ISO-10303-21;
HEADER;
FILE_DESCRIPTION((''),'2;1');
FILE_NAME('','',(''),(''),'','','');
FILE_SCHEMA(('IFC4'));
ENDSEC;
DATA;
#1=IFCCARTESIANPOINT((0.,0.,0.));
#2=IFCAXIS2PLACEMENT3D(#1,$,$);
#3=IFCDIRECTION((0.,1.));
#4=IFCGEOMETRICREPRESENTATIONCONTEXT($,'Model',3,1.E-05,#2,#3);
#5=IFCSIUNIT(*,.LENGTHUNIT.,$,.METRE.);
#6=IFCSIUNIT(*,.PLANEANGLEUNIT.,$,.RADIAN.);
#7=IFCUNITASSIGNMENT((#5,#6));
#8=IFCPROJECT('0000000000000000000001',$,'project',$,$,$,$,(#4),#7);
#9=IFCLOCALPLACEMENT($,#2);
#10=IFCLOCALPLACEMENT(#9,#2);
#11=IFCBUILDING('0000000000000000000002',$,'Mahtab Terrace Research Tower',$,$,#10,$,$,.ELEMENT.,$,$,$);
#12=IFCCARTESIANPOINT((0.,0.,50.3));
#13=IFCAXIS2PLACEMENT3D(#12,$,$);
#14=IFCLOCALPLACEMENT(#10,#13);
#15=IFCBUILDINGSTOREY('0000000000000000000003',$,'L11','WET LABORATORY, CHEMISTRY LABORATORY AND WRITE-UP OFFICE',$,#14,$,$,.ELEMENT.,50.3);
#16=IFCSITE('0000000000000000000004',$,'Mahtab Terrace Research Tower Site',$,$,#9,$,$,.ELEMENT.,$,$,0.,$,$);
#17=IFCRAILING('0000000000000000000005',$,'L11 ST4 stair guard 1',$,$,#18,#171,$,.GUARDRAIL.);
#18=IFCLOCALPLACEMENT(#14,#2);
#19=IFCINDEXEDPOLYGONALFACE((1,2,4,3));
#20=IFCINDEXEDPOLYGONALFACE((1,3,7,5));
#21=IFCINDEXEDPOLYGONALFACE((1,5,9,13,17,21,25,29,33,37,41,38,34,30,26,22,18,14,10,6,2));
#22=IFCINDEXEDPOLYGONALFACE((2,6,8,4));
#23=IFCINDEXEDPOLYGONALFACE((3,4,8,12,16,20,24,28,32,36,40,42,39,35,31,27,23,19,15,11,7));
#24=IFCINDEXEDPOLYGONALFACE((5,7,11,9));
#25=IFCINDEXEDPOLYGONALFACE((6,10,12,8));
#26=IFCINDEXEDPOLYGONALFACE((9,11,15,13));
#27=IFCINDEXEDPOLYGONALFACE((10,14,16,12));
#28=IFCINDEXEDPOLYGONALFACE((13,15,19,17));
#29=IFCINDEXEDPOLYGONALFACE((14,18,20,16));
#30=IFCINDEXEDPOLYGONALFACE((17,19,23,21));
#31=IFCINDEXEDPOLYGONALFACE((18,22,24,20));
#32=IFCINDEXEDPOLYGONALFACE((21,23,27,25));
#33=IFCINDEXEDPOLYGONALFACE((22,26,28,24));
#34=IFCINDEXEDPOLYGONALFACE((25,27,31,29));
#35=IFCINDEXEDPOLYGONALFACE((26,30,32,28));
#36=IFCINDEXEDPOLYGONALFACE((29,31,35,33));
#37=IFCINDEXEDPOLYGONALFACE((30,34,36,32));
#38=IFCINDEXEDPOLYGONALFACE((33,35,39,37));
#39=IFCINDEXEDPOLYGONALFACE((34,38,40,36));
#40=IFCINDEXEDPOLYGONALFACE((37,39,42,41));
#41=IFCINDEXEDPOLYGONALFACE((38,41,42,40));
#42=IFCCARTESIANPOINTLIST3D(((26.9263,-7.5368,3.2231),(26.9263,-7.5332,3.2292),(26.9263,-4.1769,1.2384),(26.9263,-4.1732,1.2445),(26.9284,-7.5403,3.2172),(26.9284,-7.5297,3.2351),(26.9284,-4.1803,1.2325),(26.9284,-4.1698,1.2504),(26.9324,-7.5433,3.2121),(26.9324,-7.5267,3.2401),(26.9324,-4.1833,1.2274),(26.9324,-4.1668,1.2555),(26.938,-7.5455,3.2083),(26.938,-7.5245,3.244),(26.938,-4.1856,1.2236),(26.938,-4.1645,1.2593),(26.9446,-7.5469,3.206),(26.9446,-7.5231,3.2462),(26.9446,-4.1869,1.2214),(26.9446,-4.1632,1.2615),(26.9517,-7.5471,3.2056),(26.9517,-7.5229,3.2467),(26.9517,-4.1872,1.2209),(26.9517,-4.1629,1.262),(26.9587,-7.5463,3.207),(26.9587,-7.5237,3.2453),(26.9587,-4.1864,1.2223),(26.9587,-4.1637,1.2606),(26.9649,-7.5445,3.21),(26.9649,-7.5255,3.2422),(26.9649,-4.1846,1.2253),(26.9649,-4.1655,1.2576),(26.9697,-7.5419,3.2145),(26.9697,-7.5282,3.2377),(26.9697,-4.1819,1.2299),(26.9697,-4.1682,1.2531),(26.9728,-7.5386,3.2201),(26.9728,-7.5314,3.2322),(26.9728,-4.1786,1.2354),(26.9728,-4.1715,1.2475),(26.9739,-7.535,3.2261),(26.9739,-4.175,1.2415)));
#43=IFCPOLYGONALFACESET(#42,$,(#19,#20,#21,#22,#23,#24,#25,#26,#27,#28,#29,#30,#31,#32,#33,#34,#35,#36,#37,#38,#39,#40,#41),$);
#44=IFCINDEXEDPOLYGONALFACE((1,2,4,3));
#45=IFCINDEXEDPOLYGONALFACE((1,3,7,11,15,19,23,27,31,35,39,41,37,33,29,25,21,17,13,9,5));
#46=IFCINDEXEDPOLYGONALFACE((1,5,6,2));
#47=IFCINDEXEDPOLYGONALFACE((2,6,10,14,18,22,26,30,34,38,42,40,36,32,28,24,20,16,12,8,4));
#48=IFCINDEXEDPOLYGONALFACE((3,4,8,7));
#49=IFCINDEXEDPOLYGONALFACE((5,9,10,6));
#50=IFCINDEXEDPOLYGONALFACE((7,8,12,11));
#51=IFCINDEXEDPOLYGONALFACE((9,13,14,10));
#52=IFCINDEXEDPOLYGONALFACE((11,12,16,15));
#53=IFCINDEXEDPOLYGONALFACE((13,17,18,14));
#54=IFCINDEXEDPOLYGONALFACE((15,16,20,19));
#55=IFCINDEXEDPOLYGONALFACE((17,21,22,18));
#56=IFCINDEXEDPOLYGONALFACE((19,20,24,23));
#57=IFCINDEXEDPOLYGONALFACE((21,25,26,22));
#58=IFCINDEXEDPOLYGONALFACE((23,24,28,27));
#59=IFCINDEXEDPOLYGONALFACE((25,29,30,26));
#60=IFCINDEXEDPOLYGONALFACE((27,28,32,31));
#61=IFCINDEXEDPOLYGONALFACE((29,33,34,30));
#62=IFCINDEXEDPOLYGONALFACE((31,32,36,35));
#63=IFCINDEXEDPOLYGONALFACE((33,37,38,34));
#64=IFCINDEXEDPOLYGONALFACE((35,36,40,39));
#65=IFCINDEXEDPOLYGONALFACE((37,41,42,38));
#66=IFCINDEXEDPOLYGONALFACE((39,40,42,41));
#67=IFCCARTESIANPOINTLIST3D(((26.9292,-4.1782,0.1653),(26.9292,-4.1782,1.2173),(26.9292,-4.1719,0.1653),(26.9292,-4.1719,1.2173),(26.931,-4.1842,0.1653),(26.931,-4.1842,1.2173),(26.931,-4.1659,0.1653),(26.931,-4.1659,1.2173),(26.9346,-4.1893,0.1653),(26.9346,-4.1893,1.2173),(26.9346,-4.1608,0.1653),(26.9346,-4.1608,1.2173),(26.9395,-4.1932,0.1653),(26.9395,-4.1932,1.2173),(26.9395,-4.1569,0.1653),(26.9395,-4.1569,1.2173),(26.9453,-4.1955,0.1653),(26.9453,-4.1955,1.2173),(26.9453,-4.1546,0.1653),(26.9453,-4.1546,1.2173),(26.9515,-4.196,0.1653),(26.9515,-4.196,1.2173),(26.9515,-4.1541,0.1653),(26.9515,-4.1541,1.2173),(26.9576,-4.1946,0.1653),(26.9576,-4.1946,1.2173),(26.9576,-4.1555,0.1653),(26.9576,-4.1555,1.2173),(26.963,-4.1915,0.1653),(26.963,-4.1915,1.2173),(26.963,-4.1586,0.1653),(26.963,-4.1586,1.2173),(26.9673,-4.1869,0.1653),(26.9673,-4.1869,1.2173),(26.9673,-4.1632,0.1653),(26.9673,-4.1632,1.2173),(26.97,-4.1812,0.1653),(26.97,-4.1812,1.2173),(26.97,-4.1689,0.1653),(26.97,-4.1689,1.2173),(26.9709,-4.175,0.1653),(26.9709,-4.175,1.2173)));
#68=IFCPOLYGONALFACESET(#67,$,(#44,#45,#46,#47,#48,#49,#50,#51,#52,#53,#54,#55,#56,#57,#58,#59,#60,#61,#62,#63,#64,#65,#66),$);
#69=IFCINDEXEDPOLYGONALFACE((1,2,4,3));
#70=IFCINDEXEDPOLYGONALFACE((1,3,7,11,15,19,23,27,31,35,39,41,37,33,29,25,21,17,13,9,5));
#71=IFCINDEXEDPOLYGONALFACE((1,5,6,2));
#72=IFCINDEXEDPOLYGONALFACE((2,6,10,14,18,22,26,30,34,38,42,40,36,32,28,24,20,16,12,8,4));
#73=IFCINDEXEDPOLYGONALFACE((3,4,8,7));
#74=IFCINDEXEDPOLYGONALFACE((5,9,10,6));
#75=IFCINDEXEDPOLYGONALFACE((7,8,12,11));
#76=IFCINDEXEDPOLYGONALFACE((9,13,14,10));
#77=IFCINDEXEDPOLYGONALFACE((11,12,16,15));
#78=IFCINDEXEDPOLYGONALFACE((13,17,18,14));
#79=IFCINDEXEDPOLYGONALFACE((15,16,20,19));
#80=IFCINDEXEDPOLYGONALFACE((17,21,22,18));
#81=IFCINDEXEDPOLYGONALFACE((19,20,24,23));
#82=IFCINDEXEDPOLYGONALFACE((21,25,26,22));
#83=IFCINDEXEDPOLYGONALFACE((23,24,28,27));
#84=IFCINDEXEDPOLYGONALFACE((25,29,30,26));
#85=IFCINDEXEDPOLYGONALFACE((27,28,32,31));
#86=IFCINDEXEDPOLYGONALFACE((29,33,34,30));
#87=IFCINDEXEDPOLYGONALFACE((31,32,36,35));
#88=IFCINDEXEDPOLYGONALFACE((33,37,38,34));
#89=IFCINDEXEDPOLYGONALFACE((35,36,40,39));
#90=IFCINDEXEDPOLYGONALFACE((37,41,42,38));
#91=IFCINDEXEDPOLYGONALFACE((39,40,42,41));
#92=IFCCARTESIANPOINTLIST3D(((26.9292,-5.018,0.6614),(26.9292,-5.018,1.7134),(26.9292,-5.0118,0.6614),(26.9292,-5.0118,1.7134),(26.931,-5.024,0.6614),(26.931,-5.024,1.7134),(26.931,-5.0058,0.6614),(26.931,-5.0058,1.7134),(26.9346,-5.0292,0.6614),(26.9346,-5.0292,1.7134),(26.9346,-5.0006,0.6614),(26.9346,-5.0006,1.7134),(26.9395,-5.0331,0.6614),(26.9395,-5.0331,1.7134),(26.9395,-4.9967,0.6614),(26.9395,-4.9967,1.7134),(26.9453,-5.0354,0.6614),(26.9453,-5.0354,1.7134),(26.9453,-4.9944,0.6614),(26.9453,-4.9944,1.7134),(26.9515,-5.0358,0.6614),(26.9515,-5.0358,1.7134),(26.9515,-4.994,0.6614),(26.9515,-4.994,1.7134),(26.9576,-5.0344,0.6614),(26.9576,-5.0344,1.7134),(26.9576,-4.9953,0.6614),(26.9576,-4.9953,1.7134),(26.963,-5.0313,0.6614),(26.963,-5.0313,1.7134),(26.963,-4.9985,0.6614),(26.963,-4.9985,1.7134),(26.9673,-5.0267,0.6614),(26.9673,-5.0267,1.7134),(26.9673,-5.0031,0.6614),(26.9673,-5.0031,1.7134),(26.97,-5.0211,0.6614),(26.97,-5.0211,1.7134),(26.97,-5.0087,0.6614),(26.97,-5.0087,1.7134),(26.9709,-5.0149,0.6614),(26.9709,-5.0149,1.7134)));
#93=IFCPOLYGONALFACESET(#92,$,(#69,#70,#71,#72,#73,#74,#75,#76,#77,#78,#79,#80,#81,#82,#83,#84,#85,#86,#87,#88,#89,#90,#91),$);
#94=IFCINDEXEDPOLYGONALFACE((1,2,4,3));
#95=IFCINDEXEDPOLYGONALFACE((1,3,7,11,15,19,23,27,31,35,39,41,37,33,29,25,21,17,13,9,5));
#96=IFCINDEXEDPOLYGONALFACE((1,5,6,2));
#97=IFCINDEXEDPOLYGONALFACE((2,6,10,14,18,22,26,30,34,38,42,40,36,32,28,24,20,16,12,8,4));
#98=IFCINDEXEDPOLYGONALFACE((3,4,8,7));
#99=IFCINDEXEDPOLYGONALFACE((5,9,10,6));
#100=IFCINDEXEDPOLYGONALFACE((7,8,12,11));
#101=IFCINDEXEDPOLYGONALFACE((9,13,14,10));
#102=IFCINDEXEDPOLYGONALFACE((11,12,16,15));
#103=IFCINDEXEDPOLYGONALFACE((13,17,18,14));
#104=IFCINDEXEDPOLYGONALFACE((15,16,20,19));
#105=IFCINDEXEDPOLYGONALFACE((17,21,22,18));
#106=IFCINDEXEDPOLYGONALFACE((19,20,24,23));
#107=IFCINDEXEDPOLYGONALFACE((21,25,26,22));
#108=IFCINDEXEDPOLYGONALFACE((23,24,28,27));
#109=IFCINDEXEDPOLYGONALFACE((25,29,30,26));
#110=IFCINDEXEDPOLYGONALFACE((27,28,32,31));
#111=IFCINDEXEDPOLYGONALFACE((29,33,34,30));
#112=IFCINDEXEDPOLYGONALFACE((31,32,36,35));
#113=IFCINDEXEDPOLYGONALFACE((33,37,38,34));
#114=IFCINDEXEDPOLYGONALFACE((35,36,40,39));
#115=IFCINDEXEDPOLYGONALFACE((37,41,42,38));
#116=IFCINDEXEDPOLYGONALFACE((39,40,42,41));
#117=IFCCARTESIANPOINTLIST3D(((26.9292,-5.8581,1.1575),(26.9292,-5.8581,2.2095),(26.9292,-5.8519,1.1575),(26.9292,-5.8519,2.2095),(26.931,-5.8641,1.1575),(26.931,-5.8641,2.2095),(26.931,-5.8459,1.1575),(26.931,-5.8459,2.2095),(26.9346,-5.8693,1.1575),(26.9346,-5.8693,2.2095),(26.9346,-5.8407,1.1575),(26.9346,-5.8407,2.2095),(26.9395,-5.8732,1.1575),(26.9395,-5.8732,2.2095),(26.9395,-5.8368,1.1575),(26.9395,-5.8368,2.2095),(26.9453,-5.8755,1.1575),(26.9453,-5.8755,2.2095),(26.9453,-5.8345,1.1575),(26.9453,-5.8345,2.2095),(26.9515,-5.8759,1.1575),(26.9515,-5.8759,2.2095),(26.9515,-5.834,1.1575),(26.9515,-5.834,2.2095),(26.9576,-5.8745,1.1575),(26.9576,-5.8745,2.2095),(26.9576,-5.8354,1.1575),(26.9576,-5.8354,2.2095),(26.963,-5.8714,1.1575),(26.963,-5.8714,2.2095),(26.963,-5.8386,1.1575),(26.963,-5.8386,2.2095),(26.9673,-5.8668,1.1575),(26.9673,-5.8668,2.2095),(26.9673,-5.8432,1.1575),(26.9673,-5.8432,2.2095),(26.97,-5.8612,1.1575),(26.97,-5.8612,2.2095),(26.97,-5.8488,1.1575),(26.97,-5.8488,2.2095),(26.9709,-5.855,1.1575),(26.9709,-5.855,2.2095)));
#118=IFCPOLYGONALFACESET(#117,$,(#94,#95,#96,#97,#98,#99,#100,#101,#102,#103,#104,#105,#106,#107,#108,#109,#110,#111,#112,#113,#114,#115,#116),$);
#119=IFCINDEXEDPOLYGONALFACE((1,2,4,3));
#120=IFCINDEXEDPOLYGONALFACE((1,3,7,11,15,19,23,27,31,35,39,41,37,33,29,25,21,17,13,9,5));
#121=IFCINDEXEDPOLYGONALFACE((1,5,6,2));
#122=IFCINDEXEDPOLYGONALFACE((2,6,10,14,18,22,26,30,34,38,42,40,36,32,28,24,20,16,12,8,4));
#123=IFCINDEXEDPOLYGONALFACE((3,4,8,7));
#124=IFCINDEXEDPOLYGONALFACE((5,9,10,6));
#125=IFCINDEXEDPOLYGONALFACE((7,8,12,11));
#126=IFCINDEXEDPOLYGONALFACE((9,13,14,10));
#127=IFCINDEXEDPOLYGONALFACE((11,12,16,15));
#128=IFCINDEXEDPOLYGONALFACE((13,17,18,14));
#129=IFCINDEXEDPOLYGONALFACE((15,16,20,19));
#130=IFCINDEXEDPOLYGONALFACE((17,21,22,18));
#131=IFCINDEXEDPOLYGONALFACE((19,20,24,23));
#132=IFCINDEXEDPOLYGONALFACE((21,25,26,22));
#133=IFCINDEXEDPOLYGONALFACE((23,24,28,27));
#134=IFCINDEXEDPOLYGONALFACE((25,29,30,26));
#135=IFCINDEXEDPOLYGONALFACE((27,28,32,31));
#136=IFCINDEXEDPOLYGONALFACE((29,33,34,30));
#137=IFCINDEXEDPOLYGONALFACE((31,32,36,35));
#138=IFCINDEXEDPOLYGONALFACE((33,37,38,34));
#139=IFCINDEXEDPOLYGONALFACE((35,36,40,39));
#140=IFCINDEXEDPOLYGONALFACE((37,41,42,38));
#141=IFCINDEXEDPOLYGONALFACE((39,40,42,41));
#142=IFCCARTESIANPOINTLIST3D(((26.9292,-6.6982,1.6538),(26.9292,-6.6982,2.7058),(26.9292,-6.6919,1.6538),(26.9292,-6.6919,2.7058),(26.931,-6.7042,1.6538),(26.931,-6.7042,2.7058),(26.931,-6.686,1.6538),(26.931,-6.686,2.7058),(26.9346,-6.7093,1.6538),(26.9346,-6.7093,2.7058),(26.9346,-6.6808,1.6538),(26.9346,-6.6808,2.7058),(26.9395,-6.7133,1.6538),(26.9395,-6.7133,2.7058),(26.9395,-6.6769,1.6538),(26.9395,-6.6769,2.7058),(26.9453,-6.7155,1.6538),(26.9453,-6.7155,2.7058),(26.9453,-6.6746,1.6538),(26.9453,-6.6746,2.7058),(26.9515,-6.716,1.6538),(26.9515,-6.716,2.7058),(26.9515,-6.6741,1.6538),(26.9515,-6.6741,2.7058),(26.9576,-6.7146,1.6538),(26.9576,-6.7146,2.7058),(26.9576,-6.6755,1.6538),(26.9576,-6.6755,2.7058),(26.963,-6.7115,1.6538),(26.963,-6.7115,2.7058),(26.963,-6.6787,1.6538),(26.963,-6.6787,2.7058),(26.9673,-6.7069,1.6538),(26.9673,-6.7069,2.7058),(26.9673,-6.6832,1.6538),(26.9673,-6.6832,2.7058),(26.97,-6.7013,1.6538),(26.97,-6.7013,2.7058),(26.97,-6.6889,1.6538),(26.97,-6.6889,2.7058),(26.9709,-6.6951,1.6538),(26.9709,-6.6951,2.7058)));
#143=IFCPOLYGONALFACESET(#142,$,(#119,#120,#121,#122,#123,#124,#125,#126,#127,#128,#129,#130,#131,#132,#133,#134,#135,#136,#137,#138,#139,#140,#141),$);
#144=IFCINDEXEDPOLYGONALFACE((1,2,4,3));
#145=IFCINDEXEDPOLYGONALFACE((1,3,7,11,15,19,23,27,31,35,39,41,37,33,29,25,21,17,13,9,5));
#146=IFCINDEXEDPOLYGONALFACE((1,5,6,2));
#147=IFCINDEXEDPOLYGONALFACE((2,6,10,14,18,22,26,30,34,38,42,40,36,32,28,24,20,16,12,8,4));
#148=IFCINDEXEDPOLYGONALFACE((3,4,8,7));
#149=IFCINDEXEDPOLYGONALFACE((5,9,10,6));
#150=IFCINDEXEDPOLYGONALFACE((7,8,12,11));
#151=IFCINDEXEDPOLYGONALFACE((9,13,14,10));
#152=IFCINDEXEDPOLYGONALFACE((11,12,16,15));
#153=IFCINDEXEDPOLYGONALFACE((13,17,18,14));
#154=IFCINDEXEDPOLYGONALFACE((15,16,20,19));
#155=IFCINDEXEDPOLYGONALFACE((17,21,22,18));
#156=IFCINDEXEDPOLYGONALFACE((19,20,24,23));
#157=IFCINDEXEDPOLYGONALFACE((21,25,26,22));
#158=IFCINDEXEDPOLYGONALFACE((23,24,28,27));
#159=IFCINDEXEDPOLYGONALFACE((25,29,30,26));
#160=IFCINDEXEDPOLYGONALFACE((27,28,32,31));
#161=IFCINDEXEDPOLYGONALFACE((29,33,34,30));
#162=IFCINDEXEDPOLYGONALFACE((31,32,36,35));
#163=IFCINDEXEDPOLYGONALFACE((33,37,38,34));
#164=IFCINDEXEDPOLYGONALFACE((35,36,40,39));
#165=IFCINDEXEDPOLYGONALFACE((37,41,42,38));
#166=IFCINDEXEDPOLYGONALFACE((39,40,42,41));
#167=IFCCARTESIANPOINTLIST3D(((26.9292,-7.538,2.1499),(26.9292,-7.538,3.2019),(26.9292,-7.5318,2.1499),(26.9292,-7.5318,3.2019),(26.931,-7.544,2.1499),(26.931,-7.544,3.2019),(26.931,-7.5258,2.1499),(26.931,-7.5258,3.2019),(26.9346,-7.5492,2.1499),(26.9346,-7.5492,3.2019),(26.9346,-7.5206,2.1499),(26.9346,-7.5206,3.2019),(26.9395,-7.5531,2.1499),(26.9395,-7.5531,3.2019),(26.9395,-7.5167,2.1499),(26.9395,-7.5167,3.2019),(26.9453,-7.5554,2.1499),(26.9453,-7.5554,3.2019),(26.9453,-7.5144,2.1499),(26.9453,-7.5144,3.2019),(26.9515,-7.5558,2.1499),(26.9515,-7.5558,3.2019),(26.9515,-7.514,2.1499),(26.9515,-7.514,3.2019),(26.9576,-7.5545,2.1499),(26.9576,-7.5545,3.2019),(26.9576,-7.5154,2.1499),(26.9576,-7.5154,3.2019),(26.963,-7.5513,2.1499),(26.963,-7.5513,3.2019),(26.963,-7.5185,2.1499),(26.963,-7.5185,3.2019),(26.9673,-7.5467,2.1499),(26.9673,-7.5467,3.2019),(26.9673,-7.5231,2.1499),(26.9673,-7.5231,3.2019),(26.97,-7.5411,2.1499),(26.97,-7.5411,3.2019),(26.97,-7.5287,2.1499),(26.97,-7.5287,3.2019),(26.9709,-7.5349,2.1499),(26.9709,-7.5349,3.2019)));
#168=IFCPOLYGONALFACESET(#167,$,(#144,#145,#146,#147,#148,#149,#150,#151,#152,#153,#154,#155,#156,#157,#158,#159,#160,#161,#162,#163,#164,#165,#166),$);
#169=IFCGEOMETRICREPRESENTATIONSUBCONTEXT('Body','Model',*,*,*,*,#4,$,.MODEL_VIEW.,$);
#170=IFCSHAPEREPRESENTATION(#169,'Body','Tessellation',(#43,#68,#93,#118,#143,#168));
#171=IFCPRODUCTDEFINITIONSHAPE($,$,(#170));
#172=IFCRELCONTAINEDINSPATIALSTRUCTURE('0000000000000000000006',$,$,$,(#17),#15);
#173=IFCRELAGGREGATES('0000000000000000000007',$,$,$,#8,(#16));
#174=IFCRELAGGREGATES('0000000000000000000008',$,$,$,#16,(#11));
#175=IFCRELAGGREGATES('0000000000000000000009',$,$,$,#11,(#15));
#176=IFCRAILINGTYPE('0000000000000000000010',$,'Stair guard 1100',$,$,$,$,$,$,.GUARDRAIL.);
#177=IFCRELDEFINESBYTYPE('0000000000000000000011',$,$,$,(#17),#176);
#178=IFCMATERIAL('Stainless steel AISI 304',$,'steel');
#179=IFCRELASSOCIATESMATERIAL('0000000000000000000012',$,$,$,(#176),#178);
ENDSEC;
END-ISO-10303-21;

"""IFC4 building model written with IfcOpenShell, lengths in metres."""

from ifc_helpers import new_model, si_unit, direction, frame, origin, origin_2d, place, context, subcontext, project, spatial, circle, extrude, material, type_object, element, save


model = new_model("IFC4")

# Units and contexts
model_context = context("Model", 3, precision=1e-05, world=origin(), true_north=direction((0.0, 1.0)))
body_context = subcontext(model_context, "Body", "Model", "MODEL_VIEW")
ifc_project = project(units=[si_unit("LENGTHUNIT", "METRE"), si_unit("PLANEANGLEUNIT", "RADIAN")], contexts=[model_context])

# Site, building, storey
site_placement = place(None, origin())
site = spatial("IfcSite", under=ifc_project, at=site_placement, Name="Mahtab Terrace Research Tower Site", CompositionType="ELEMENT", RefElevation=0.0)
building_placement = place(site_placement, origin())
building = spatial("IfcBuilding", under=site, at=building_placement, Name="Mahtab Terrace Research Tower", CompositionType="ELEMENT")
storey_placement = place(building_placement, frame((0.0, 0.0, 50.3)))
storey = spatial("IfcBuildingStorey", under=building, at=storey_placement, Name="L11", Description="WET LABORATORY, CHEMISTRY LABORATORY AND WRITE-UP OFFICE", CompositionType="ELEMENT", Elevation=50.3)

# Railing
ifc_material_1 = material(Name="Stainless steel AISI 304", Category="steel")
railing_type_1 = type_object("IfcRailingType", Name="Stair guard 1100", PredefinedType="GUARDRAIL", material=ifc_material_1)
railing_1_placement = place(storey_placement, frame((26.95, -4.175, 0.1653)))
element("IfcRailing", 1, at=railing_1_placement, inside=storey, type_object=railing_type_1, Name="L11 ST4 stair guard 1", PredefinedType="GUARDRAIL", context=body_context, shape_type="SweptSolid", body=[
    extrude(circle(Radius=0.0239, at=origin_2d()), frame((0.0, 0.0, 1.0762), z_axis=(0.0, -0.861011, 0.508586), x_axis=(1.0, 0.0, 0.0)), (0.0, 0.0, 1.0), 3.9023),
    extrude(circle(Radius=0.021, at=origin_2d()), origin(), (0.0, 0.0, 1.0), 1.052),
    extrude(circle(Radius=0.021, at=origin_2d()), frame((0.0, -0.8398, 0.4961)), (0.0, 0.0, 1.0), 1.052),
    extrude(circle(Radius=0.021, at=origin_2d()), frame((0.0, -1.6799, 0.9922)), (0.0, 0.0, 1.0), 1.052),
    extrude(circle(Radius=0.021, at=origin_2d()), frame((0.0, -2.52, 1.4885)), (0.0, 0.0, 1.0), 1.052),
    extrude(circle(Radius=0.021, at=origin_2d()), frame((0.0, -3.3599, 1.9846)), (0.0, 0.0, 1.0), 1.052),
])

save(model, "model.ifc")
